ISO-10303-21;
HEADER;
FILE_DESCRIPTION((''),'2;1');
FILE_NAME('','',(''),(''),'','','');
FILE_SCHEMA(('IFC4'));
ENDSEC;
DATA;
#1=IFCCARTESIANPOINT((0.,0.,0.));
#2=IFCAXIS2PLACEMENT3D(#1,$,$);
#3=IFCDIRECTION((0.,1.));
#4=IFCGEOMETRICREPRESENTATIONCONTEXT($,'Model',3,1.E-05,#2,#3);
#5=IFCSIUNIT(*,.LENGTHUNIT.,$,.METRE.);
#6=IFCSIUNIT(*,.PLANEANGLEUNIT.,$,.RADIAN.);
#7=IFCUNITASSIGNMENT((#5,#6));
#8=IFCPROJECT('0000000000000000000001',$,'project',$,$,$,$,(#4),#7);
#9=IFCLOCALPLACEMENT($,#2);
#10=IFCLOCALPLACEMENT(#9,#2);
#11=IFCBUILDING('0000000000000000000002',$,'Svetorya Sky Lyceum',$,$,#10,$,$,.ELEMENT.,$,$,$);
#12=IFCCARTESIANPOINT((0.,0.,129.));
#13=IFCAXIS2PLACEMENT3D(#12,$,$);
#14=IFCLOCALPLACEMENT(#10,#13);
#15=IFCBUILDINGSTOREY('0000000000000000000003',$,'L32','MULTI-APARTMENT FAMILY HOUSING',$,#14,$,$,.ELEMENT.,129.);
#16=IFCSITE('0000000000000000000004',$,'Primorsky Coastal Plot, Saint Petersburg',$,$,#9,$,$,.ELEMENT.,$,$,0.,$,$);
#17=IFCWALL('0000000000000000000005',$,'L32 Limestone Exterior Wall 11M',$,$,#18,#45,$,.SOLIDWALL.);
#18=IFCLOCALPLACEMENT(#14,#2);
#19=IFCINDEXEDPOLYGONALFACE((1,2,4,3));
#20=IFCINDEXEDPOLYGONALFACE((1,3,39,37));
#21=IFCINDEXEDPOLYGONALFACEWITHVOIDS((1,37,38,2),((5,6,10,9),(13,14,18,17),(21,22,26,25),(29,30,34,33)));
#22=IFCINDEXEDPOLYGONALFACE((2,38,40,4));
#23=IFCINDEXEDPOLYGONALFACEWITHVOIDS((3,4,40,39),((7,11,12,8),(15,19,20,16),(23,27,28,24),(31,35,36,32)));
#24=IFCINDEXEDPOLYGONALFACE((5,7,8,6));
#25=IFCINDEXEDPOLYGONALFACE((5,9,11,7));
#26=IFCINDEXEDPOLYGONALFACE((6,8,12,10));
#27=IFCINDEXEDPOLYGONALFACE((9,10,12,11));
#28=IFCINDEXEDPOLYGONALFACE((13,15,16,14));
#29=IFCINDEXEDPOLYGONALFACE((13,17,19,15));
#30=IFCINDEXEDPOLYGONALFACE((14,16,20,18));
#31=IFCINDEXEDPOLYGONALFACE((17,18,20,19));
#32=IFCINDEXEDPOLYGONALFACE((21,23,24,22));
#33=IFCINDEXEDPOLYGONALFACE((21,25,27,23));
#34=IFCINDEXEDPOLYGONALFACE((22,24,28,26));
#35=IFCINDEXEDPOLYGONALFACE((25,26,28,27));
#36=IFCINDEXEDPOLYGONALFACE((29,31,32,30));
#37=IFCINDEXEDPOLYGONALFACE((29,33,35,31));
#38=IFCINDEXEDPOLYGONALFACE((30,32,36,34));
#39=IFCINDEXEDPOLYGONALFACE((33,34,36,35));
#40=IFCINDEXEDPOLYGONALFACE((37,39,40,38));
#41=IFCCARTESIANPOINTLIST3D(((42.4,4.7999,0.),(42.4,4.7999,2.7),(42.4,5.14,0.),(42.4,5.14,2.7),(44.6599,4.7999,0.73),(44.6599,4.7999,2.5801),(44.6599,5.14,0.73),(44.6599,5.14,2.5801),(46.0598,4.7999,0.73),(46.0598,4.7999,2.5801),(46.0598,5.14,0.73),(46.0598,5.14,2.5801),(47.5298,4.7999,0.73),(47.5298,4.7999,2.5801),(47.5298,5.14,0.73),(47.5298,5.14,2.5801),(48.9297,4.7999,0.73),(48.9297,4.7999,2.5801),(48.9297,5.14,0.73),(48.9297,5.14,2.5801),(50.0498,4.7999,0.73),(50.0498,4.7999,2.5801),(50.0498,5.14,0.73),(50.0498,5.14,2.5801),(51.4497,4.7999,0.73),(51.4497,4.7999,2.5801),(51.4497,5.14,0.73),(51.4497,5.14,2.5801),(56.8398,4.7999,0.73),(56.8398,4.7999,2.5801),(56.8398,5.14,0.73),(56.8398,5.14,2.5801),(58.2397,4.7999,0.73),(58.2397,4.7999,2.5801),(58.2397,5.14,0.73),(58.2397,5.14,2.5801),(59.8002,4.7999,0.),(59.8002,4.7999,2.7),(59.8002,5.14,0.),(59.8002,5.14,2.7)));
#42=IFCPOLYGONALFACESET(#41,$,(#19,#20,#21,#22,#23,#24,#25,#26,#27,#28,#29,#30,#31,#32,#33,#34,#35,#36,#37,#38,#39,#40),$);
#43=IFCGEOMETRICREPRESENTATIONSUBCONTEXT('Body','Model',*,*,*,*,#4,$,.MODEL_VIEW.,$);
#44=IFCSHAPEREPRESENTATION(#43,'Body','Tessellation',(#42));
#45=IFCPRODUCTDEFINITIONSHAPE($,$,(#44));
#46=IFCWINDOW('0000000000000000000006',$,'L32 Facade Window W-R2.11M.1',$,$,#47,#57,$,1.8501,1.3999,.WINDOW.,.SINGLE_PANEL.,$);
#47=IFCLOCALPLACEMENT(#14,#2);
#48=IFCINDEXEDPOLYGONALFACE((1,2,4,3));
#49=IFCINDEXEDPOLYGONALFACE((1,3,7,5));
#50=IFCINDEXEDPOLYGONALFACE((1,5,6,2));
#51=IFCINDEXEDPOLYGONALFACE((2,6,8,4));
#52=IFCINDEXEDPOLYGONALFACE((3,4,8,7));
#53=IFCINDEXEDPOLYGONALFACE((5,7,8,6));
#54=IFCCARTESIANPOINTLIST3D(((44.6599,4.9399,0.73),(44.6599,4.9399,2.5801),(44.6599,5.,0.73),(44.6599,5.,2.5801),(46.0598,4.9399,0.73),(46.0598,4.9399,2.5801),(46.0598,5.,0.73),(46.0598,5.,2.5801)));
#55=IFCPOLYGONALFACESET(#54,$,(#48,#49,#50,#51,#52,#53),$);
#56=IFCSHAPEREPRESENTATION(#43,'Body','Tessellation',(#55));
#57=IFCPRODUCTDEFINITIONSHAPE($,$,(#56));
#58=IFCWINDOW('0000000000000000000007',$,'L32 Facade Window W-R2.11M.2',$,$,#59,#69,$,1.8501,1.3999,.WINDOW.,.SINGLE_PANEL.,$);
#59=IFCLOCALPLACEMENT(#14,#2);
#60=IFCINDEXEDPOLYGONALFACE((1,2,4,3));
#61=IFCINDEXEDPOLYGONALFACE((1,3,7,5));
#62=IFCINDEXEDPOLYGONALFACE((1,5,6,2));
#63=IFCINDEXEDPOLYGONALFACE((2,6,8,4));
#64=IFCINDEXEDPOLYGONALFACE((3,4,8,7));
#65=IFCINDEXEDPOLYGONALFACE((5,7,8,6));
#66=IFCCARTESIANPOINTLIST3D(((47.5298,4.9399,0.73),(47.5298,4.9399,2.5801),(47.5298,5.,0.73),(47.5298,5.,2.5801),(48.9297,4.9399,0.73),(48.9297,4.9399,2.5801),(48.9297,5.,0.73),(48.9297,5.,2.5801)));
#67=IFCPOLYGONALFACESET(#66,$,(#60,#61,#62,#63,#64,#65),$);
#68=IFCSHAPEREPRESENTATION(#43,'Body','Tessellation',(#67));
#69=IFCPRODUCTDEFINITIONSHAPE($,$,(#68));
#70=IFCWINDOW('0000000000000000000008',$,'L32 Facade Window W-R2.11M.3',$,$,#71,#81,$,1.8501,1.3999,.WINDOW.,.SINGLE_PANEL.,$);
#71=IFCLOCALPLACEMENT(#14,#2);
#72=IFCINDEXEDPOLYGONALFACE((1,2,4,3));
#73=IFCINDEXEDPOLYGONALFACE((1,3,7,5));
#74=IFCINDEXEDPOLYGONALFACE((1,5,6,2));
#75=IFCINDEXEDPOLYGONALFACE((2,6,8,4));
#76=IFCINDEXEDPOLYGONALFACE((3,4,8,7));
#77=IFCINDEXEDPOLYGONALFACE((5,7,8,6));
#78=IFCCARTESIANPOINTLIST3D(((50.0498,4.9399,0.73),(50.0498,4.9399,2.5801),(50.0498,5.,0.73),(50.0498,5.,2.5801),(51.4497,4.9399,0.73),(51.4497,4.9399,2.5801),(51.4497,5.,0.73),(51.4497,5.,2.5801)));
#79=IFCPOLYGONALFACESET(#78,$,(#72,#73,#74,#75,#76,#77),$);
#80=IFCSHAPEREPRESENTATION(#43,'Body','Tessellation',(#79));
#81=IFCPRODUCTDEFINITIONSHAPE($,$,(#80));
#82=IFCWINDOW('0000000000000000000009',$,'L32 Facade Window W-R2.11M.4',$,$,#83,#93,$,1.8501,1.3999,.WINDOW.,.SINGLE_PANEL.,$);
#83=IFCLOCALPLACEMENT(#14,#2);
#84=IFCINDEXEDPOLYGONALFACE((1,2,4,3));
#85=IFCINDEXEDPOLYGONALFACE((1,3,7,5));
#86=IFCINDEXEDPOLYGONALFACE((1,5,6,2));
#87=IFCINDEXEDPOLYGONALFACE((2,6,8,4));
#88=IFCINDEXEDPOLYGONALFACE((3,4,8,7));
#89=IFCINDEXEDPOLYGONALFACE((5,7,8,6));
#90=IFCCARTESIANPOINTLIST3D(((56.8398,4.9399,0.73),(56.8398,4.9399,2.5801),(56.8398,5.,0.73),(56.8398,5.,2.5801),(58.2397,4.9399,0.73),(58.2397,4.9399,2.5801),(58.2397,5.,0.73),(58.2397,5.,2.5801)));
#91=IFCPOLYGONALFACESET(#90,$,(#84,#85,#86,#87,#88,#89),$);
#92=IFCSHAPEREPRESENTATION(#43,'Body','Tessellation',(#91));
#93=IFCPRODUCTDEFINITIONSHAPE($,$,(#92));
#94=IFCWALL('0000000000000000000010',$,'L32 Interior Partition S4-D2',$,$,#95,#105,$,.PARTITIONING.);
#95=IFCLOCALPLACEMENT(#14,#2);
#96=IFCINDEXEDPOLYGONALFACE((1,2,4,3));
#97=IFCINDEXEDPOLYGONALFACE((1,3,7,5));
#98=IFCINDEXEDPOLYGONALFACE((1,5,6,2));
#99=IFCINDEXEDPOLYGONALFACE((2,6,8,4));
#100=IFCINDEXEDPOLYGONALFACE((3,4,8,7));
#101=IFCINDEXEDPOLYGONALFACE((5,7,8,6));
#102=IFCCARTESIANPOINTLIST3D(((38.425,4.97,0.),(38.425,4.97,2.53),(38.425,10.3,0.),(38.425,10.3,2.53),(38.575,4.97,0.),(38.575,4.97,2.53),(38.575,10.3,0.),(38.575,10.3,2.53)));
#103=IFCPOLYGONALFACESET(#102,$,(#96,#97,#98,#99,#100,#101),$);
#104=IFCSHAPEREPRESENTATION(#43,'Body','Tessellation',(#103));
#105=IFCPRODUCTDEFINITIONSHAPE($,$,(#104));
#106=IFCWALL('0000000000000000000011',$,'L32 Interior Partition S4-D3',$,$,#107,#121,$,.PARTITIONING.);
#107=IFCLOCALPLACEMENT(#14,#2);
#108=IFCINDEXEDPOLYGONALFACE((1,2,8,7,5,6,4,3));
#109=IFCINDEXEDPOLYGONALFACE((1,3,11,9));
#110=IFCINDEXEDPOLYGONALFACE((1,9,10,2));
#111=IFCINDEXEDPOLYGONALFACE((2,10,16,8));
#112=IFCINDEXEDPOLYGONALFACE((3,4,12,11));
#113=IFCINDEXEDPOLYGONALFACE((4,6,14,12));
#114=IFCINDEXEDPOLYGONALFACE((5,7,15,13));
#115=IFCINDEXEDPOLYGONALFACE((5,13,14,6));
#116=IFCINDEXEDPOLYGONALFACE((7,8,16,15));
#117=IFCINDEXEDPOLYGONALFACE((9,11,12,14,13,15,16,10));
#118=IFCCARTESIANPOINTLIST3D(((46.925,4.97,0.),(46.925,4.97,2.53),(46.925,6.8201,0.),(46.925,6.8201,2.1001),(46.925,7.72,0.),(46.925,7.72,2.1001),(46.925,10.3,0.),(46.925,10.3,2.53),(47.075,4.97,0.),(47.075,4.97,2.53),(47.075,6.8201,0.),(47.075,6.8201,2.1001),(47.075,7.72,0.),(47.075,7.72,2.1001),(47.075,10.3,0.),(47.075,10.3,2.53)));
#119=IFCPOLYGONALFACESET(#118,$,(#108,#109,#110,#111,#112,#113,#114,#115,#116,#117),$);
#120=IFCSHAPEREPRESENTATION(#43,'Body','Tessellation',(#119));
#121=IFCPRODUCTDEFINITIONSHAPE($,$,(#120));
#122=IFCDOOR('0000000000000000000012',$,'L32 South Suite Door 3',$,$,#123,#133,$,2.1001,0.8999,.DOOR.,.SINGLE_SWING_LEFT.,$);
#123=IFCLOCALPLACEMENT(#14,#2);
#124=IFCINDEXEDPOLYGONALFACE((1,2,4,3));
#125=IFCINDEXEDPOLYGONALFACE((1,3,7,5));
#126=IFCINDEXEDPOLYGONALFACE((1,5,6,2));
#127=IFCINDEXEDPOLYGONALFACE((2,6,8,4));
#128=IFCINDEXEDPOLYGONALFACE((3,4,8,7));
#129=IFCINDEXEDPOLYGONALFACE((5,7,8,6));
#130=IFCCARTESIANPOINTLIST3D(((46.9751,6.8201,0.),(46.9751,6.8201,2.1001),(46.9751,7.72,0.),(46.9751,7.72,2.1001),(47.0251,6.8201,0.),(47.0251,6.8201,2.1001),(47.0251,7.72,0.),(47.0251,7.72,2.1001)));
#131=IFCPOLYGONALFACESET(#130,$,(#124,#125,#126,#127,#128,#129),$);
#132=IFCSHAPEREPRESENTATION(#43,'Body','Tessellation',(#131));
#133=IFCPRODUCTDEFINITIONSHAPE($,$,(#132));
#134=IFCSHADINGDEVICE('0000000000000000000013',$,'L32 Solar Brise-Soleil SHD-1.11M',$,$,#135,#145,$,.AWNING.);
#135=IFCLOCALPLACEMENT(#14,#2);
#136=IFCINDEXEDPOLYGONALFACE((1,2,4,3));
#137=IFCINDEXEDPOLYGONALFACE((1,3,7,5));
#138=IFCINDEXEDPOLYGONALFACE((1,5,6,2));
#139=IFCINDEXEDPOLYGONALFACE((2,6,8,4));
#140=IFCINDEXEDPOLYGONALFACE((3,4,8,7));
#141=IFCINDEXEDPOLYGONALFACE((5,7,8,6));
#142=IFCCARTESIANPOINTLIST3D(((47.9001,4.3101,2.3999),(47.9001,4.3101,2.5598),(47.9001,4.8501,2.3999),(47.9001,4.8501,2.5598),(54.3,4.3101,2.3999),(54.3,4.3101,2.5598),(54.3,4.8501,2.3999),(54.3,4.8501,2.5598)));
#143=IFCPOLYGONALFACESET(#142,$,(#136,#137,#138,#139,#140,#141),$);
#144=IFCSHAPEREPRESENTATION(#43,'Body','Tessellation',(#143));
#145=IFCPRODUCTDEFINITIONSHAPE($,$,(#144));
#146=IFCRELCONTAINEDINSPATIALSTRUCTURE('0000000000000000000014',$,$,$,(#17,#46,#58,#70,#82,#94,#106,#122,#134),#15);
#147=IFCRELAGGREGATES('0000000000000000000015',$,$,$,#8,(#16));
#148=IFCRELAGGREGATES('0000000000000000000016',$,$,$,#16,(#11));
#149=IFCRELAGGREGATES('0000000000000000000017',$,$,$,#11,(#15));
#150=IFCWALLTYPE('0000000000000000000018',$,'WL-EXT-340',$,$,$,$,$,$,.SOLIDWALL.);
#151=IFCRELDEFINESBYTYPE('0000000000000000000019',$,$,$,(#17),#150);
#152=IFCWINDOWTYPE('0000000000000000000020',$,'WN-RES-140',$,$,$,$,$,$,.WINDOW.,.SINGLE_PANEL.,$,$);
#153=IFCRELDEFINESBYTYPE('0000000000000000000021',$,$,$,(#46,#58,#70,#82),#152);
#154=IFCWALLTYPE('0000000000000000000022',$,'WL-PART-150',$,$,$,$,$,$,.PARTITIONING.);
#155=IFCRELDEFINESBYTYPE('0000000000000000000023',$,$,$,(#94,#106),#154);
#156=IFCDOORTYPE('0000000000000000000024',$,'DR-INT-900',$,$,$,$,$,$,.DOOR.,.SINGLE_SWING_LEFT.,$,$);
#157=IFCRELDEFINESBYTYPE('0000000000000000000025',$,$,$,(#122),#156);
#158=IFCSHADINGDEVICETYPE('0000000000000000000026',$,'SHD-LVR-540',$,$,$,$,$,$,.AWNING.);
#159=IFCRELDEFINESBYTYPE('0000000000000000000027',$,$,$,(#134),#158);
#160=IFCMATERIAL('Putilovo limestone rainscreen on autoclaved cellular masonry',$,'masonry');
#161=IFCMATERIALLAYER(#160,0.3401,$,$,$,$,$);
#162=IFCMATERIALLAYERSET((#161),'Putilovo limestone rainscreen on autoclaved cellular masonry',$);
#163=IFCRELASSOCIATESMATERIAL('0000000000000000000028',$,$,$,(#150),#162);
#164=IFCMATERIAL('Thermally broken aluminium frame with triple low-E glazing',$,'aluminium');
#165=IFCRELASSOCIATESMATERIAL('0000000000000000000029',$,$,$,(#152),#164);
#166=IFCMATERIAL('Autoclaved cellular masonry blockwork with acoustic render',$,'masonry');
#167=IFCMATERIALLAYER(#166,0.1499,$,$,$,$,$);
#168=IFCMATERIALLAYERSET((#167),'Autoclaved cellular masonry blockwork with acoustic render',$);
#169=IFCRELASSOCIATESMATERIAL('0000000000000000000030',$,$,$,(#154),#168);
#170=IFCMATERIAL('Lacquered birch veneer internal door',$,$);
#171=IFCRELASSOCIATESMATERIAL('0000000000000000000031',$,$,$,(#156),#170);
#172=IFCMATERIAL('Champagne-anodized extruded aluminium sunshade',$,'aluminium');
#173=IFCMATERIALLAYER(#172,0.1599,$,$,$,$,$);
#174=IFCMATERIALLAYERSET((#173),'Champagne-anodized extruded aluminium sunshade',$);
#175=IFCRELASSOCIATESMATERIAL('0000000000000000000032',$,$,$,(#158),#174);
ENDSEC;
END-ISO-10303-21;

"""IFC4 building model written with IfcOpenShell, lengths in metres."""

from ifc_helpers import new_model, si_unit, direction, frame, frame_2d, origin, origin_2d, place, context, subcontext, project, spatial, rectangle, extrude, material, layer, layer_set, type_object, element, fill, save


model = new_model("IFC4")

# Units and contexts
model_context = context("Model", 3, precision=1e-05, world=origin(), true_north=direction((0.0, 1.0)))
body_context = subcontext(model_context, "Body", "Model", "MODEL_VIEW")
ifc_project = project(units=[si_unit("LENGTHUNIT", "METRE"), si_unit("PLANEANGLEUNIT", "RADIAN")], contexts=[model_context])

# Site, building, storey
site_placement = place(None, origin())
site = spatial("IfcSite", under=ifc_project, at=site_placement, Name="Primorsky Coastal Plot, Saint Petersburg", CompositionType="ELEMENT", RefElevation=0.0)
building_placement = place(site_placement, origin())
building = spatial("IfcBuilding", under=site, at=building_placement, Name="Svetorya Sky Lyceum", CompositionType="ELEMENT")
storey_placement = place(building_placement, frame((0.0, 0.0, 129.0)))
storey = spatial("IfcBuildingStorey", under=building, at=storey_placement, Name="L32", Description="MULTI-APARTMENT FAMILY HOUSING", CompositionType="ELEMENT", Elevation=129.0)

# Shared definitions
ifc_material_1 = material(Name="Putilovo limestone rainscreen on autoclaved cellular masonry", Category="masonry")
ifc_layer_1 = layer(ifc_material_1, 0.3401)
ifc_layer_set_1 = layer_set([ifc_layer_1], Name="Putilovo limestone rainscreen on autoclaved cellular masonry")
wall_type_1 = type_object("IfcWallType", Name="WL-EXT-340", PredefinedType="SOLIDWALL", material=ifc_layer_set_1)

# Wall, openings, windows
wall_1_placement = place(storey_placement, frame((42.3999, 4.97, 0.0), z_axis=(0.0, 0.0, 1.0), x_axis=(1.0, 0.0, 0.0)))
wall_1 = element("IfcWall", 1, at=wall_1_placement, inside=storey, type_object=wall_type_1, Name="L32 Limestone Exterior Wall 11M", PredefinedType="SOLIDWALL", context=body_context, shape_type="SweptSolid", body=[
    extrude(rectangle(XDim=17.4001, YDim=0.3401, at=frame_2d((8.7002, 0.0))), origin(), (0.0, 0.0, 1.0), 2.7),
])
opening_1_placement = place(wall_1_placement, frame((2.26, 0.0, 0.73)))
opening_1 = element("IfcOpeningElement", 2, at=opening_1_placement, cuts=wall_1, PredefinedType="OPENING", context=body_context, shape_type="SweptSolid", body=[
    extrude(rectangle(XDim=1.3999, YDim=1.8501, at=frame_2d((0.7, 0.925))), frame((0.0, 0.1799, 0.0), z_axis=(0.0, -1.0, 0.0), x_axis=(1.0, 0.0, 0.0)), (0.0, 0.0, 1.0), 0.3601),
])
opening_2_placement = place(wall_1_placement, frame((5.1299, 0.0, 0.73)))
opening_2 = element("IfcOpeningElement", 3, at=opening_2_placement, cuts=wall_1, PredefinedType="OPENING", context=body_context, shape_type="SweptSolid", body=[
    extrude(rectangle(XDim=1.3999, YDim=1.8501, at=frame_2d((0.7, 0.925))), frame((0.0, 0.1799, 0.0), z_axis=(0.0, -1.0, 0.0), x_axis=(1.0, 0.0, 0.0)), (0.0, 0.0, 1.0), 0.3601),
])
opening_3_placement = place(wall_1_placement, frame((7.6499, 0.0, 0.73)))
opening_3 = element("IfcOpeningElement", 4, at=opening_3_placement, cuts=wall_1, PredefinedType="OPENING", context=body_context, shape_type="SweptSolid", body=[
    extrude(rectangle(XDim=1.3999, YDim=1.8501, at=frame_2d((0.7, 0.925))), frame((0.0, 0.1799, 0.0), z_axis=(0.0, -1.0, 0.0), x_axis=(1.0, 0.0, 0.0)), (0.0, 0.0, 1.0), 0.3601),
])
opening_4_placement = place(wall_1_placement, frame((14.4399, 0.0, 0.73)))
opening_4 = element("IfcOpeningElement", 5, at=opening_4_placement, cuts=wall_1, PredefinedType="OPENING", context=body_context, shape_type="SweptSolid", body=[
    extrude(rectangle(XDim=1.3999, YDim=1.8501, at=frame_2d((0.7, 0.925))), frame((0.0, 0.1799, 0.0), z_axis=(0.0, -1.0, 0.0), x_axis=(1.0, 0.0, 0.0)), (0.0, 0.0, 1.0), 0.3601),
])
ifc_material_2 = material(Name="Thermally broken aluminium frame with triple low-E glazing", Category="aluminium")
window_type = type_object("IfcWindowType", Name="WN-RES-140", PartitioningType="SINGLE_PANEL", PredefinedType="WINDOW", material=ifc_material_2)
window_1_placement = place(opening_1_placement, origin())
window_1 = element("IfcWindow", 6, at=window_1_placement, inside=storey, type_object=window_type, Name="L32 Facade Window W-R2.11M.1", OverallHeight=1.8501, OverallWidth=1.3999, PartitioningType="SINGLE_PANEL", PredefinedType="WINDOW", context=body_context, shape_type="SweptSolid", body=[
    extrude(rectangle(XDim=1.3999, YDim=1.8501, at=frame_2d((0.7, 0.925))), frame((0.0, 0.03, 0.0), z_axis=(0.0, -1.0, 0.0), x_axis=(1.0, 0.0, 0.0)), (0.0, 0.0, 1.0), 0.0601),
])
fill(opening_1, window_1)
window_2_placement = place(opening_2_placement, origin())
window_2 = element("IfcWindow", 7, at=window_2_placement, inside=storey, type_object=window_type, Name="L32 Facade Window W-R2.11M.2", OverallHeight=1.8501, OverallWidth=1.3999, PartitioningType="SINGLE_PANEL", PredefinedType="WINDOW", context=body_context, shape_type="SweptSolid", body=[
    extrude(rectangle(XDim=1.3999, YDim=1.8501, at=frame_2d((0.7, 0.925))), frame((0.0, 0.03, 0.0), z_axis=(0.0, -1.0, 0.0), x_axis=(1.0, 0.0, 0.0)), (0.0, 0.0, 1.0), 0.0601),
])
fill(opening_2, window_2)
window_3_placement = place(opening_3_placement, origin())
window_3 = element("IfcWindow", 8, at=window_3_placement, inside=storey, type_object=window_type, Name="L32 Facade Window W-R2.11M.3", OverallHeight=1.8501, OverallWidth=1.3999, PartitioningType="SINGLE_PANEL", PredefinedType="WINDOW", context=body_context, shape_type="SweptSolid", body=[
    extrude(rectangle(XDim=1.3999, YDim=1.8501, at=frame_2d((0.7, 0.925))), frame((0.0, 0.03, 0.0), z_axis=(0.0, -1.0, 0.0), x_axis=(1.0, 0.0, 0.0)), (0.0, 0.0, 1.0), 0.0601),
])
fill(opening_3, window_3)
window_4_placement = place(opening_4_placement, origin())
window_4 = element("IfcWindow", 9, at=window_4_placement, inside=storey, type_object=window_type, Name="L32 Facade Window W-R2.11M.4", OverallHeight=1.8501, OverallWidth=1.3999, PartitioningType="SINGLE_PANEL", PredefinedType="WINDOW", context=body_context, shape_type="SweptSolid", body=[
    extrude(rectangle(XDim=1.3999, YDim=1.8501, at=frame_2d((0.7, 0.925))), frame((0.0, 0.03, 0.0), z_axis=(0.0, -1.0, 0.0), x_axis=(1.0, 0.0, 0.0)), (0.0, 0.0, 1.0), 0.0601),
])
fill(opening_4, window_4)

# Wall
ifc_material_3 = material(Name="Autoclaved cellular masonry blockwork with acoustic render", Category="masonry")
ifc_layer_2 = layer(ifc_material_3, 0.1499)
ifc_layer_set_2 = layer_set([ifc_layer_2], Name="Autoclaved cellular masonry blockwork with acoustic render")
wall_type_2 = type_object("IfcWallType", Name="WL-PART-150", PredefinedType="PARTITIONING", material=ifc_layer_set_2)
wall_2_placement = place(storey_placement, frame((38.5, 4.97, 0.0), z_axis=(0.0, 0.0, 1.0), x_axis=(0.0, 1.0, 0.0)))
element("IfcWall", 10, at=wall_2_placement, inside=storey, type_object=wall_type_2, Name="L32 Interior Partition S4-D2", PredefinedType="PARTITIONING", context=body_context, shape_type="SweptSolid", body=[
    extrude(rectangle(XDim=5.3301, YDim=0.1499, at=frame_2d((2.665, 0.0))), origin(), (0.0, 0.0, 1.0), 2.53),
])

# Wall, opening, door
wall_3_placement = place(storey_placement, frame((47.0, 4.97, 0.0), z_axis=(0.0, 0.0, 1.0), x_axis=(0.0, 1.0, 0.0)))
wall_3 = element("IfcWall", 11, at=wall_3_placement, inside=storey, type_object=wall_type_2, Name="L32 Interior Partition S4-D3", PredefinedType="PARTITIONING", context=body_context, shape_type="SweptSolid", body=[
    extrude(rectangle(XDim=5.3301, YDim=0.1499, at=frame_2d((2.665, 0.0))), origin(), (0.0, 0.0, 1.0), 2.53),
])
opening_5_placement = place(wall_3_placement, frame((1.8501, 0.0, 0.0)))
opening_5 = element("IfcOpeningElement", 12, at=opening_5_placement, cuts=wall_3, PredefinedType="OPENING", context=body_context, shape_type="SweptSolid", body=[
    extrude(rectangle(XDim=0.8999, YDim=2.1001, at=frame_2d((0.45, 1.05))), frame((0.0, 0.085, 0.0), z_axis=(0.0, -1.0, 0.0), x_axis=(1.0, 0.0, 0.0)), (0.0, 0.0, 1.0), 0.1699),
])
ifc_material_4 = material(Name="Lacquered birch veneer internal door")
door_type = type_object("IfcDoorType", Name="DR-INT-900", OperationType="SINGLE_SWING_LEFT", PredefinedType="DOOR", material=ifc_material_4)
door_placement = place(opening_5_placement, origin())
door = element("IfcDoor", 13, at=door_placement, inside=storey, type_object=door_type, Name="L32 South Suite Door 3", OperationType="SINGLE_SWING_LEFT", OverallHeight=2.1001, OverallWidth=0.8999, PredefinedType="DOOR", context=body_context, shape_type="SweptSolid", body=[
    extrude(rectangle(XDim=0.8999, YDim=2.1001, at=frame_2d((0.45, 1.05))), frame((0.0, 0.0249, 0.0), z_axis=(0.0, -1.0, 0.0), x_axis=(1.0, 0.0, 0.0)), (0.0, 0.0, 1.0), 0.05),
])
fill(opening_5, door)

# Shading device
ifc_material_5 = material(Name="Champagne-anodized extruded aluminium sunshade", Category="aluminium")
ifc_layer_3 = layer(ifc_material_5, 0.1599)
ifc_layer_set_3 = layer_set([ifc_layer_3], Name="Champagne-anodized extruded aluminium sunshade")
shading_device_type = type_object("IfcShadingDeviceType", Name="SHD-LVR-540", PredefinedType="AWNING", material=ifc_layer_set_3)
shading_device_placement = place(storey_placement, frame((51.1001, 4.5801, 2.3999), z_axis=(0.0, 0.0, 1.0), x_axis=(1.0, 0.0, 0.0)))
element("IfcShadingDevice", 14, at=shading_device_placement, inside=storey, type_object=shading_device_type, Name="L32 Solar Brise-Soleil SHD-1.11M", PredefinedType="AWNING", context=body_context, shape_type="SweptSolid", body=[
    extrude(rectangle(XDim=6.3999, YDim=0.54, at=origin_2d()), origin(), (0.0, 0.0, 1.0), 0.1599),
])

save(model, "model.ifc")
